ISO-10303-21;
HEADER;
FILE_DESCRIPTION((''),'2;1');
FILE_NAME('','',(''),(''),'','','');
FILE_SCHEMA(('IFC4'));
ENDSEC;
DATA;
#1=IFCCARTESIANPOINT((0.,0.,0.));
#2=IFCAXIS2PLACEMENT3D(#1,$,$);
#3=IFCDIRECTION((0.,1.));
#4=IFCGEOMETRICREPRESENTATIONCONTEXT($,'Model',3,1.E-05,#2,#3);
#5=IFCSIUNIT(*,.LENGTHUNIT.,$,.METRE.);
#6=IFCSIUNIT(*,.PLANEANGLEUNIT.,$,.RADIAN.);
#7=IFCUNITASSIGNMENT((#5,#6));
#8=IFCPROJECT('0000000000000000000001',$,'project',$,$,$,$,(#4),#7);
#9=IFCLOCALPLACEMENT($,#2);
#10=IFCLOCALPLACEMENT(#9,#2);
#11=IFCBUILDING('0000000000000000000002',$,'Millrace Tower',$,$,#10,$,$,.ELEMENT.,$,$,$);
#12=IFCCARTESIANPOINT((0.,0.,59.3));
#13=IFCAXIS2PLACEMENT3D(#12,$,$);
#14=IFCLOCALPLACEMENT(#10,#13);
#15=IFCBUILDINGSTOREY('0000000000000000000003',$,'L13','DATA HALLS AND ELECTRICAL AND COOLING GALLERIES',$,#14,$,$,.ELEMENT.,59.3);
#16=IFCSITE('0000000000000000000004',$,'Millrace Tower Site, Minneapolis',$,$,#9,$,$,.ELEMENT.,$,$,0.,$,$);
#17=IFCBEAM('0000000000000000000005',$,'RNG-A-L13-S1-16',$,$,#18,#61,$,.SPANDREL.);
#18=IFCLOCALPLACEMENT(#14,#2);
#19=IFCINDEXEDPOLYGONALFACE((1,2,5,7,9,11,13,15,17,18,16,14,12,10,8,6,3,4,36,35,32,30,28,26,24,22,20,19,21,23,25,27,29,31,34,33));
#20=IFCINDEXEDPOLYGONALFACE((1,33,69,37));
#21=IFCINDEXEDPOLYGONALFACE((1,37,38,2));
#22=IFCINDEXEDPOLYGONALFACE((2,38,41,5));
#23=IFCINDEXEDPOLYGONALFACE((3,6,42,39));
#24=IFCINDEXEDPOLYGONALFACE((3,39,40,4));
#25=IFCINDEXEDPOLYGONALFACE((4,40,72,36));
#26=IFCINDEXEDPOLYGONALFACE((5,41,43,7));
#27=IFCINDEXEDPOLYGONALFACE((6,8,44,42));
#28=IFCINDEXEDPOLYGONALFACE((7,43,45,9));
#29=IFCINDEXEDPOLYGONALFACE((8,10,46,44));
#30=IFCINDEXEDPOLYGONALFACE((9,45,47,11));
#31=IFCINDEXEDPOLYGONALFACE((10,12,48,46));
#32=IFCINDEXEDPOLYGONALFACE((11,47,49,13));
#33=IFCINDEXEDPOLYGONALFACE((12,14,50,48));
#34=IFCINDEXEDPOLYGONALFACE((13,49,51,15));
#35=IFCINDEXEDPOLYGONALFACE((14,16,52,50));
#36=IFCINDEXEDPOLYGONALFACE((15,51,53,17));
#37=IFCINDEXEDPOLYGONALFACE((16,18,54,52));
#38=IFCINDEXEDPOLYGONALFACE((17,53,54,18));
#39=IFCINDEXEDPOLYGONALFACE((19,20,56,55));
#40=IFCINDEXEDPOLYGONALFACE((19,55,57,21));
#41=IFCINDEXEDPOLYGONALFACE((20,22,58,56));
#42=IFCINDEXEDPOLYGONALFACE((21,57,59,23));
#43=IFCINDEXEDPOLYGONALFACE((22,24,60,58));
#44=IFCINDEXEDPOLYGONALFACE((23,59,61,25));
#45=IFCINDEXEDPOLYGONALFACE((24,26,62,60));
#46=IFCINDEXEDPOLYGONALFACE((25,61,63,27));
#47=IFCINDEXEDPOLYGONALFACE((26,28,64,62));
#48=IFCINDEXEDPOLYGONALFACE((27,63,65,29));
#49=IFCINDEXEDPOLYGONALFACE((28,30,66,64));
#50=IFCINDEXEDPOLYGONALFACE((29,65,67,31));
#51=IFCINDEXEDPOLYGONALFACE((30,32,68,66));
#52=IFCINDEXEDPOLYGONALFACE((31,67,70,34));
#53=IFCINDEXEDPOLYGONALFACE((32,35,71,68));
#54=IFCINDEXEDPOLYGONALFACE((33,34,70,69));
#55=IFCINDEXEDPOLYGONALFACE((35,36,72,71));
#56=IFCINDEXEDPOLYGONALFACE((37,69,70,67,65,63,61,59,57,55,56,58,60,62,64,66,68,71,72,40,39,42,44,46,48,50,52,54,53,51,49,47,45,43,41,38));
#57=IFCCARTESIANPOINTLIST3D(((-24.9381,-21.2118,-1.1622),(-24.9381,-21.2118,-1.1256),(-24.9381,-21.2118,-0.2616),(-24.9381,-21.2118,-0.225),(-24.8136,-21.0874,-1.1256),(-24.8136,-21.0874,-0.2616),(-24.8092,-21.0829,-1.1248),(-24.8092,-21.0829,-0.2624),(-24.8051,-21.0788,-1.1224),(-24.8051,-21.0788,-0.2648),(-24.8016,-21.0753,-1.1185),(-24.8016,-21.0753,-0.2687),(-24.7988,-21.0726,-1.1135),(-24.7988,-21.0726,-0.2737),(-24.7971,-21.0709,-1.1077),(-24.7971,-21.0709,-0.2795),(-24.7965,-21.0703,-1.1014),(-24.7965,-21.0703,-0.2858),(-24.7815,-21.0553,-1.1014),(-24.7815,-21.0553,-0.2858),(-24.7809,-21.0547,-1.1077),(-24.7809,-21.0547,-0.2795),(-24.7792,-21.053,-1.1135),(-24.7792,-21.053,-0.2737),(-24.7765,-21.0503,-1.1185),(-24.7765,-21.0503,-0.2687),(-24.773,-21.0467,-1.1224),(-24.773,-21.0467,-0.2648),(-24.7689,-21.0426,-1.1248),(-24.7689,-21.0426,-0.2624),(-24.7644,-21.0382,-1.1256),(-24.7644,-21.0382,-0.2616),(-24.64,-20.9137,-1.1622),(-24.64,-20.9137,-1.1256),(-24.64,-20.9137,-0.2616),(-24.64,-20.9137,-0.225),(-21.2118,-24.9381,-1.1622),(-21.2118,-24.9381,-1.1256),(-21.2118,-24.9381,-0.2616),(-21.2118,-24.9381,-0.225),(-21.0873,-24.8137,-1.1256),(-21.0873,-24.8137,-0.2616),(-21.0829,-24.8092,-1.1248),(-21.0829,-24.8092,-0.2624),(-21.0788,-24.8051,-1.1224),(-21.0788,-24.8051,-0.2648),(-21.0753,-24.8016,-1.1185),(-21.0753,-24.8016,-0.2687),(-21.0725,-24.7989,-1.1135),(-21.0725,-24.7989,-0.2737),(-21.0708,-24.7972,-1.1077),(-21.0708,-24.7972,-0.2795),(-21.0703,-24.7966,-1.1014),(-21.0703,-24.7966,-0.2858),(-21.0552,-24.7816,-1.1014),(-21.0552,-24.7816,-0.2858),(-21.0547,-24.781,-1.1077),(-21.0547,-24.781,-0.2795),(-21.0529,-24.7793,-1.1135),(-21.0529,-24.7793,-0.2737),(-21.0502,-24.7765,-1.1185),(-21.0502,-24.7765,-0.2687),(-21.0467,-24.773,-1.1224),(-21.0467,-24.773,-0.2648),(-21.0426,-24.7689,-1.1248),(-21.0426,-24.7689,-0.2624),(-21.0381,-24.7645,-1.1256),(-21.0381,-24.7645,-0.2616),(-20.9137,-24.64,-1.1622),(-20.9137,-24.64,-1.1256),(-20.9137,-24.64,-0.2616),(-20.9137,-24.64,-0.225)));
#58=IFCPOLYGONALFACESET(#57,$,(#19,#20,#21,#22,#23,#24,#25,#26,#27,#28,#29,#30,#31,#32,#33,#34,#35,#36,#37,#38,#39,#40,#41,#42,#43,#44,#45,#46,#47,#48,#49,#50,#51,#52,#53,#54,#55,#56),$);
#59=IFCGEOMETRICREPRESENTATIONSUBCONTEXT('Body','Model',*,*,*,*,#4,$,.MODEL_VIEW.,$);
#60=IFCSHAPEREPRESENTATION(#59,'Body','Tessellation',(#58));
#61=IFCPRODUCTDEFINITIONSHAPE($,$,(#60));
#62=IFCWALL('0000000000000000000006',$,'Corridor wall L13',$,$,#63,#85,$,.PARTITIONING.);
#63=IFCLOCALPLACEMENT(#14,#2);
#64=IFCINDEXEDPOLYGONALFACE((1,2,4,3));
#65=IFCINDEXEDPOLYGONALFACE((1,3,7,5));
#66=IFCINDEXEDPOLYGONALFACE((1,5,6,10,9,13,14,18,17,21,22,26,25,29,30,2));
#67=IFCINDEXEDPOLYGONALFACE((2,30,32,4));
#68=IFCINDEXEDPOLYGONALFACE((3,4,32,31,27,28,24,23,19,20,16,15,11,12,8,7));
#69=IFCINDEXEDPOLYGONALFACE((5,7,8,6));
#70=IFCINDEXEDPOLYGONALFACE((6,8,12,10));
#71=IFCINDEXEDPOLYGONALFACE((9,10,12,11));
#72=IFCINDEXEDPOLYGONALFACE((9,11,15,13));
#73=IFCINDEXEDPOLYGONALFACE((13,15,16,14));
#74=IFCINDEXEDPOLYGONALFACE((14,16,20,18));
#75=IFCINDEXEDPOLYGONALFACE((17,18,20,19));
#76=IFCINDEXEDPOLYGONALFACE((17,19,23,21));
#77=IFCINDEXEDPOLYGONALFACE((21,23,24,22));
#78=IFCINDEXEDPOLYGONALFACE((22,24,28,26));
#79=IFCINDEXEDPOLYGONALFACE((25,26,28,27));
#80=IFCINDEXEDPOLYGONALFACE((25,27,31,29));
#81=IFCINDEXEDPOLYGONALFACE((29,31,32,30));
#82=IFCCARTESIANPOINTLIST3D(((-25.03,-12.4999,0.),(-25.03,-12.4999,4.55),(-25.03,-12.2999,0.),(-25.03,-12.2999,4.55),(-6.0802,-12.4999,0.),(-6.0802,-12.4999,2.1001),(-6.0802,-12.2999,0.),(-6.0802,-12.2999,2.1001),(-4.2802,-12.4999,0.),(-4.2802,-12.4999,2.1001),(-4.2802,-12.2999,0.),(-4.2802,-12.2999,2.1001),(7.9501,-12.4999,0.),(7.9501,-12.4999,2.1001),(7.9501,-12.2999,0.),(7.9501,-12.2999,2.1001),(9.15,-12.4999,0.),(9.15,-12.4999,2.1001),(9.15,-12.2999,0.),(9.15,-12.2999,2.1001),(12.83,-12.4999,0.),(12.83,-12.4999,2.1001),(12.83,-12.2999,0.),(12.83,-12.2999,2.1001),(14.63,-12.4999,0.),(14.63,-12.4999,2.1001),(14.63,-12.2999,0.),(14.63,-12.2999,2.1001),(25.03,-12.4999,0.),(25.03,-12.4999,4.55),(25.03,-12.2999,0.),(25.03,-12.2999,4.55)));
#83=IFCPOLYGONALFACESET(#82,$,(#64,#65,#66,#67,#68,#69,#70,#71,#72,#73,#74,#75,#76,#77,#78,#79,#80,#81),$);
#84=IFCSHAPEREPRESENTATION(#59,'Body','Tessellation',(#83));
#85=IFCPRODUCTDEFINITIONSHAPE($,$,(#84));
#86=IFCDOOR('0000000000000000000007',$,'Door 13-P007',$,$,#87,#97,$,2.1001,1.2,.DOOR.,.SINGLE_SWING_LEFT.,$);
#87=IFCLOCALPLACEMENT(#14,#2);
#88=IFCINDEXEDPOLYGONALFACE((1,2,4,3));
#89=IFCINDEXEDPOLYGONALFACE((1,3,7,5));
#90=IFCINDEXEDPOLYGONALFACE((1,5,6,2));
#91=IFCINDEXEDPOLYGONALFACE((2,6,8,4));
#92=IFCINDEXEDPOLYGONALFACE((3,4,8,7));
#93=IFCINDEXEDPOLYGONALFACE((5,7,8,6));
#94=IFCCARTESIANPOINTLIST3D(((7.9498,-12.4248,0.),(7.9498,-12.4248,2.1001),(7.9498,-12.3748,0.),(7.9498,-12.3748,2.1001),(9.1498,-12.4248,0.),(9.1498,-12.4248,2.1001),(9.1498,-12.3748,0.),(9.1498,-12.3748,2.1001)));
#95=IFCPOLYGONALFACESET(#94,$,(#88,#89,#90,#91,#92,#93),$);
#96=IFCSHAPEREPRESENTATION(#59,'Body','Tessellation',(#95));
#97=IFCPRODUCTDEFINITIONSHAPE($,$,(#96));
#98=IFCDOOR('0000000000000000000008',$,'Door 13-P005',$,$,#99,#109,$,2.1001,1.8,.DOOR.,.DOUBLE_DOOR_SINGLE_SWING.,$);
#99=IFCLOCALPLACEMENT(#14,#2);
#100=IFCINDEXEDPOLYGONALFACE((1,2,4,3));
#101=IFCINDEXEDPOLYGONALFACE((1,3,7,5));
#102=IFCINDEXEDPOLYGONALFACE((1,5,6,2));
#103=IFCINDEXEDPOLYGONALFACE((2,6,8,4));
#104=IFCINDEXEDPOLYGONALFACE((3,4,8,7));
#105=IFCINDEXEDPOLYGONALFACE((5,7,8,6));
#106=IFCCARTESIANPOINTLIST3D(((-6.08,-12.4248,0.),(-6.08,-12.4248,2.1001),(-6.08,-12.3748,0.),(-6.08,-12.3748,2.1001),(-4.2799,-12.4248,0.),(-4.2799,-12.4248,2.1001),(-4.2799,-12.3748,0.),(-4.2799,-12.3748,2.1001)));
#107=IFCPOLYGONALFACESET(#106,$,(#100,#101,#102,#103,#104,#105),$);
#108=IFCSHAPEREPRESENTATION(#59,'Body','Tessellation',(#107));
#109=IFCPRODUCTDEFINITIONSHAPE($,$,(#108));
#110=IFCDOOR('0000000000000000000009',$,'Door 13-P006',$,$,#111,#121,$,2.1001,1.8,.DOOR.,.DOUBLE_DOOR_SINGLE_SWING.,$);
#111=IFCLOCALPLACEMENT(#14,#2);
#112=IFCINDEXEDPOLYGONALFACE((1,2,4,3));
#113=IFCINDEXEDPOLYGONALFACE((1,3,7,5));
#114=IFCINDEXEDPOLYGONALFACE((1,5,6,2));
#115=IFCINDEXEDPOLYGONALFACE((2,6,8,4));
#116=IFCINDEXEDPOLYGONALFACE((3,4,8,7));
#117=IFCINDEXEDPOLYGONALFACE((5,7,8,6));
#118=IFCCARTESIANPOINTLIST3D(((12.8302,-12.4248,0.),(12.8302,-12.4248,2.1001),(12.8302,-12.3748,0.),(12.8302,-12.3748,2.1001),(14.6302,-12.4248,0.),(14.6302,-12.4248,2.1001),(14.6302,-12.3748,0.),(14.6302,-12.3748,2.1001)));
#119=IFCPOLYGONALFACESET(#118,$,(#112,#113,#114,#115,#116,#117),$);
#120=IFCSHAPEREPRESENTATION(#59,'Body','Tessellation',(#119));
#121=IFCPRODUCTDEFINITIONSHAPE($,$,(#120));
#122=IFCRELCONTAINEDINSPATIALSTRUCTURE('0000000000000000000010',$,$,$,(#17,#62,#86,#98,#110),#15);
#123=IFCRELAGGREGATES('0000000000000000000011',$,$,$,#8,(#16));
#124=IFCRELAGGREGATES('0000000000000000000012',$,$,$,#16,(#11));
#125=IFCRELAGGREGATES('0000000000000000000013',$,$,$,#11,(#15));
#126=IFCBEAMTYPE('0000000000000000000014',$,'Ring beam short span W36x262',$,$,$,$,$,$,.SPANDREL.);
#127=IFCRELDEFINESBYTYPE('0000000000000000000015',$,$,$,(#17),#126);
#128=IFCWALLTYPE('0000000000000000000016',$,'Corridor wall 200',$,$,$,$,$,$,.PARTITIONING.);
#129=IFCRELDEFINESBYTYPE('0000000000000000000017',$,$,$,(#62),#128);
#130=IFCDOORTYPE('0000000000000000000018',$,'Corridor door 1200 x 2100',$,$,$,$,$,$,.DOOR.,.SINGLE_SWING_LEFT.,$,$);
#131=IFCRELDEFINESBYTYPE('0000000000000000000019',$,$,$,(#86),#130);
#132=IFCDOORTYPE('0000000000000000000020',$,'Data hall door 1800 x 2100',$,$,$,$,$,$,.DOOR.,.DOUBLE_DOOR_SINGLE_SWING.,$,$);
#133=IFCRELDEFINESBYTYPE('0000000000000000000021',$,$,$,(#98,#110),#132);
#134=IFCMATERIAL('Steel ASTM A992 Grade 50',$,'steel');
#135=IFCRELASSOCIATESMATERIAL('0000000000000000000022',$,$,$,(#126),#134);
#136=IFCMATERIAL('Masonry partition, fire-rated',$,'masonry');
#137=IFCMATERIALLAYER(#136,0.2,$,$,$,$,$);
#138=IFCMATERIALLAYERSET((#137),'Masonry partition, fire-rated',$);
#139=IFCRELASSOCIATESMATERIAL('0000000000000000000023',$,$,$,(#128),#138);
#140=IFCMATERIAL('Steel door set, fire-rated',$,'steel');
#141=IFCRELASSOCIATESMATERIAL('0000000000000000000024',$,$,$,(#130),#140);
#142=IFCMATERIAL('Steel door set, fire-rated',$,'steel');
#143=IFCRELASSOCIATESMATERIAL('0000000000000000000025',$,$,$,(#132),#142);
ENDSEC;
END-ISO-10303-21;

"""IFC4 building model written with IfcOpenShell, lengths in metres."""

from ifc_helpers import new_model, si_unit, direction, frame, frame_2d, origin, origin_2d, place, context, subcontext, project, spatial, rectangle, i_section, extrude, material, layer, layer_set, material_profile, profile_set, type_object, element, fill, save


model = new_model("IFC4")

# Units and contexts
model_context = context("Model", 3, precision=1e-05, world=origin(), true_north=direction((0.0, 1.0)))
body_context = subcontext(model_context, "Body", "Model", "MODEL_VIEW")
ifc_project = project(units=[si_unit("LENGTHUNIT", "METRE"), si_unit("PLANEANGLEUNIT", "RADIAN")], contexts=[model_context])

# Site, building, storey
site_placement = place(None, origin())
site = spatial("IfcSite", under=ifc_project, at=site_placement, Name="Millrace Tower Site, Minneapolis", CompositionType="ELEMENT", RefElevation=0.0)
building_placement = place(site_placement, origin())
building = spatial("IfcBuilding", under=site, at=building_placement, Name="Millrace Tower", CompositionType="ELEMENT")
storey_placement = place(building_placement, frame((0.0, 0.0, 59.3)))
storey = spatial("IfcBuildingStorey", under=building, at=storey_placement, Name="L13", Description="DATA HALLS AND ELECTRICAL AND COOLING GALLERIES", CompositionType="ELEMENT", Elevation=59.3)

# Beam
ifc_material_1 = material(Name="Steel ASTM A992 Grade 50", Category="steel")
ifc_material_profile_1 = material_profile(ifc_material_1, i_section(OverallWidth=0.4216, OverallDepth=0.9373, WebThickness=0.0212, FlangeThickness=0.0366, FilletRadius=0.0242, at=origin_2d()))
ifc_profile_set_1 = profile_set([ifc_material_profile_1], Name="Steel ASTM A992 Grade 50")
beam_type_1 = type_object("IfcBeamType", Name="Ring beam short span W36x262", PredefinedType="SPANDREL", material=ifc_profile_set_1)
beam_1_placement = place(storey_placement, frame((-21.0627, -24.7891, -0.6936), z_axis=(-0.707107, 0.707107, 0.0), x_axis=(-0.707107, -0.707107, 0.0)))
element("IfcBeam", 1, at=beam_1_placement, inside=storey, type_object=beam_type_1, Name="RNG-A-L13-S1-16", PredefinedType="SPANDREL", context=body_context, shape_type="SweptSolid", body=[
    extrude(i_section(OverallWidth=0.4216, OverallDepth=0.9373, WebThickness=0.0212, FlangeThickness=0.0366, FilletRadius=0.0242, at=origin_2d()), origin(), (0.0, 0.0, 1.0), 5.2698),
])

# Wall, openings, doors
ifc_material_2 = material(Name="Masonry partition, fire-rated", Category="masonry")
ifc_layer_1 = layer(ifc_material_2, 0.2)
ifc_layer_set_1 = layer_set([ifc_layer_1], Name="Masonry partition, fire-rated")
wall_type = type_object("IfcWallType", Name="Corridor wall 200", PredefinedType="PARTITIONING", material=ifc_layer_set_1)
wall_placement = place(storey_placement, frame((-25.03, -12.3999, 0.0), z_axis=(0.0, 0.0, 1.0), x_axis=(1.0, 0.0, 0.0)))
wall = element("IfcWall", 2, at=wall_placement, inside=storey, type_object=wall_type, Name="Corridor wall L13", PredefinedType="PARTITIONING", context=body_context, shape_type="SweptSolid", body=[
    extrude(rectangle(XDim=50.0601, YDim=0.2, at=frame_2d((25.03, 0.0))), origin(), (0.0, 0.0, 1.0), 4.55),
])
opening_1_placement = place(wall_placement, frame((18.95, 0.0, 0.0)))
opening_1 = element("IfcOpeningElement", 3, at=opening_1_placement, cuts=wall, PredefinedType="OPENING", context=body_context, shape_type="SweptSolid", body=[
    extrude(rectangle(XDim=1.8, YDim=2.1001, at=frame_2d((0.8999, 1.05))), frame((0.0, 0.1099, 0.0), z_axis=(0.0, -1.0, 0.0), x_axis=(1.0, 0.0, 0.0)), (0.0, 0.0, 1.0), 0.22),
])
opening_2_placement = place(wall_placement, frame((37.8601, 0.0, 0.0)))
opening_2 = element("IfcOpeningElement", 4, at=opening_2_placement, cuts=wall, PredefinedType="OPENING", context=body_context, shape_type="SweptSolid", body=[
    extrude(rectangle(XDim=1.8, YDim=2.1001, at=frame_2d((0.8999, 1.05))), frame((0.0, 0.1099, 0.0), z_axis=(0.0, -1.0, 0.0), x_axis=(1.0, 0.0, 0.0)), (0.0, 0.0, 1.0), 0.22),
])
opening_3_placement = place(wall_placement, frame((32.98, 0.0, 0.0)))
opening_3 = element("IfcOpeningElement", 5, at=opening_3_placement, cuts=wall, PredefinedType="OPENING", context=body_context, shape_type="SweptSolid", body=[
    extrude(rectangle(XDim=1.2, YDim=2.1001, at=frame_2d((0.6001, 1.05))), frame((0.0, 0.1099, 0.0), z_axis=(0.0, -1.0, 0.0), x_axis=(1.0, 0.0, 0.0)), (0.0, 0.0, 1.0), 0.22),
])
ifc_material_3 = material(Name="Steel door set, fire-rated", Category="steel")
door_type_1 = type_object("IfcDoorType", Name="Corridor door 1200 x 2100", OperationType="SINGLE_SWING_LEFT", PredefinedType="DOOR", material=ifc_material_3)
door_1_placement = place(opening_3_placement, frame((1.2, 0.0, 0.0), z_axis=(0.0, 0.0, 1.0), x_axis=(-1.0, 0.0, 0.0)))
door_1 = element("IfcDoor", 6, at=door_1_placement, inside=storey, type_object=door_type_1, Name="Door 13-P007", OperationType="SINGLE_SWING_LEFT", OverallHeight=2.1001, OverallWidth=1.2, PredefinedType="DOOR", context=body_context, shape_type="SweptSolid", body=[
    extrude(rectangle(XDim=1.2, YDim=2.1001, at=frame_2d((0.6001, 1.05))), frame((0.0, 0.0249, 0.0), z_axis=(0.0, -1.0, 0.0), x_axis=(1.0, 0.0, 0.0)), (0.0, 0.0, 1.0), 0.05),
])
fill(opening_3, door_1)
ifc_material_4 = material(Name="Steel door set, fire-rated", Category="steel")
door_type_2 = type_object("IfcDoorType", Name="Data hall door 1800 x 2100", OperationType="DOUBLE_DOOR_SINGLE_SWING", PredefinedType="DOOR", material=ifc_material_4)
door_2_placement = place(opening_1_placement, frame((1.8, 0.0, 0.0), z_axis=(0.0, 0.0, 1.0), x_axis=(-1.0, 0.0, 0.0)))
door_2 = element("IfcDoor", 7, at=door_2_placement, inside=storey, type_object=door_type_2, Name="Door 13-P005", OperationType="DOUBLE_DOOR_SINGLE_SWING", OverallHeight=2.1001, OverallWidth=1.8, PredefinedType="DOOR", context=body_context, shape_type="SweptSolid", body=[
    extrude(rectangle(XDim=1.8, YDim=2.1001, at=frame_2d((0.8999, 1.05))), frame((0.0, 0.0249, 0.0), z_axis=(0.0, -1.0, 0.0), x_axis=(1.0, 0.0, 0.0)), (0.0, 0.0, 1.0), 0.05),
])
fill(opening_1, door_2)
door_3_placement = place(opening_2_placement, frame((1.8, 0.0, 0.0), z_axis=(0.0, 0.0, 1.0), x_axis=(-1.0, 0.0, 0.0)))
door_3 = element("IfcDoor", 8, at=door_3_placement, inside=storey, type_object=door_type_2, Name="Door 13-P006", OperationType="DOUBLE_DOOR_SINGLE_SWING", OverallHeight=2.1001, OverallWidth=1.8, PredefinedType="DOOR", context=body_context, shape_type="SweptSolid", body=[
    extrude(rectangle(XDim=1.8, YDim=2.1001, at=frame_2d((0.8999, 1.05))), frame((0.0, 0.0249, 0.0), z_axis=(0.0, -1.0, 0.0), x_axis=(1.0, 0.0, 0.0)), (0.0, 0.0, 1.0), 0.05),
])
fill(opening_2, door_3)

save(model, "model.ifc")
